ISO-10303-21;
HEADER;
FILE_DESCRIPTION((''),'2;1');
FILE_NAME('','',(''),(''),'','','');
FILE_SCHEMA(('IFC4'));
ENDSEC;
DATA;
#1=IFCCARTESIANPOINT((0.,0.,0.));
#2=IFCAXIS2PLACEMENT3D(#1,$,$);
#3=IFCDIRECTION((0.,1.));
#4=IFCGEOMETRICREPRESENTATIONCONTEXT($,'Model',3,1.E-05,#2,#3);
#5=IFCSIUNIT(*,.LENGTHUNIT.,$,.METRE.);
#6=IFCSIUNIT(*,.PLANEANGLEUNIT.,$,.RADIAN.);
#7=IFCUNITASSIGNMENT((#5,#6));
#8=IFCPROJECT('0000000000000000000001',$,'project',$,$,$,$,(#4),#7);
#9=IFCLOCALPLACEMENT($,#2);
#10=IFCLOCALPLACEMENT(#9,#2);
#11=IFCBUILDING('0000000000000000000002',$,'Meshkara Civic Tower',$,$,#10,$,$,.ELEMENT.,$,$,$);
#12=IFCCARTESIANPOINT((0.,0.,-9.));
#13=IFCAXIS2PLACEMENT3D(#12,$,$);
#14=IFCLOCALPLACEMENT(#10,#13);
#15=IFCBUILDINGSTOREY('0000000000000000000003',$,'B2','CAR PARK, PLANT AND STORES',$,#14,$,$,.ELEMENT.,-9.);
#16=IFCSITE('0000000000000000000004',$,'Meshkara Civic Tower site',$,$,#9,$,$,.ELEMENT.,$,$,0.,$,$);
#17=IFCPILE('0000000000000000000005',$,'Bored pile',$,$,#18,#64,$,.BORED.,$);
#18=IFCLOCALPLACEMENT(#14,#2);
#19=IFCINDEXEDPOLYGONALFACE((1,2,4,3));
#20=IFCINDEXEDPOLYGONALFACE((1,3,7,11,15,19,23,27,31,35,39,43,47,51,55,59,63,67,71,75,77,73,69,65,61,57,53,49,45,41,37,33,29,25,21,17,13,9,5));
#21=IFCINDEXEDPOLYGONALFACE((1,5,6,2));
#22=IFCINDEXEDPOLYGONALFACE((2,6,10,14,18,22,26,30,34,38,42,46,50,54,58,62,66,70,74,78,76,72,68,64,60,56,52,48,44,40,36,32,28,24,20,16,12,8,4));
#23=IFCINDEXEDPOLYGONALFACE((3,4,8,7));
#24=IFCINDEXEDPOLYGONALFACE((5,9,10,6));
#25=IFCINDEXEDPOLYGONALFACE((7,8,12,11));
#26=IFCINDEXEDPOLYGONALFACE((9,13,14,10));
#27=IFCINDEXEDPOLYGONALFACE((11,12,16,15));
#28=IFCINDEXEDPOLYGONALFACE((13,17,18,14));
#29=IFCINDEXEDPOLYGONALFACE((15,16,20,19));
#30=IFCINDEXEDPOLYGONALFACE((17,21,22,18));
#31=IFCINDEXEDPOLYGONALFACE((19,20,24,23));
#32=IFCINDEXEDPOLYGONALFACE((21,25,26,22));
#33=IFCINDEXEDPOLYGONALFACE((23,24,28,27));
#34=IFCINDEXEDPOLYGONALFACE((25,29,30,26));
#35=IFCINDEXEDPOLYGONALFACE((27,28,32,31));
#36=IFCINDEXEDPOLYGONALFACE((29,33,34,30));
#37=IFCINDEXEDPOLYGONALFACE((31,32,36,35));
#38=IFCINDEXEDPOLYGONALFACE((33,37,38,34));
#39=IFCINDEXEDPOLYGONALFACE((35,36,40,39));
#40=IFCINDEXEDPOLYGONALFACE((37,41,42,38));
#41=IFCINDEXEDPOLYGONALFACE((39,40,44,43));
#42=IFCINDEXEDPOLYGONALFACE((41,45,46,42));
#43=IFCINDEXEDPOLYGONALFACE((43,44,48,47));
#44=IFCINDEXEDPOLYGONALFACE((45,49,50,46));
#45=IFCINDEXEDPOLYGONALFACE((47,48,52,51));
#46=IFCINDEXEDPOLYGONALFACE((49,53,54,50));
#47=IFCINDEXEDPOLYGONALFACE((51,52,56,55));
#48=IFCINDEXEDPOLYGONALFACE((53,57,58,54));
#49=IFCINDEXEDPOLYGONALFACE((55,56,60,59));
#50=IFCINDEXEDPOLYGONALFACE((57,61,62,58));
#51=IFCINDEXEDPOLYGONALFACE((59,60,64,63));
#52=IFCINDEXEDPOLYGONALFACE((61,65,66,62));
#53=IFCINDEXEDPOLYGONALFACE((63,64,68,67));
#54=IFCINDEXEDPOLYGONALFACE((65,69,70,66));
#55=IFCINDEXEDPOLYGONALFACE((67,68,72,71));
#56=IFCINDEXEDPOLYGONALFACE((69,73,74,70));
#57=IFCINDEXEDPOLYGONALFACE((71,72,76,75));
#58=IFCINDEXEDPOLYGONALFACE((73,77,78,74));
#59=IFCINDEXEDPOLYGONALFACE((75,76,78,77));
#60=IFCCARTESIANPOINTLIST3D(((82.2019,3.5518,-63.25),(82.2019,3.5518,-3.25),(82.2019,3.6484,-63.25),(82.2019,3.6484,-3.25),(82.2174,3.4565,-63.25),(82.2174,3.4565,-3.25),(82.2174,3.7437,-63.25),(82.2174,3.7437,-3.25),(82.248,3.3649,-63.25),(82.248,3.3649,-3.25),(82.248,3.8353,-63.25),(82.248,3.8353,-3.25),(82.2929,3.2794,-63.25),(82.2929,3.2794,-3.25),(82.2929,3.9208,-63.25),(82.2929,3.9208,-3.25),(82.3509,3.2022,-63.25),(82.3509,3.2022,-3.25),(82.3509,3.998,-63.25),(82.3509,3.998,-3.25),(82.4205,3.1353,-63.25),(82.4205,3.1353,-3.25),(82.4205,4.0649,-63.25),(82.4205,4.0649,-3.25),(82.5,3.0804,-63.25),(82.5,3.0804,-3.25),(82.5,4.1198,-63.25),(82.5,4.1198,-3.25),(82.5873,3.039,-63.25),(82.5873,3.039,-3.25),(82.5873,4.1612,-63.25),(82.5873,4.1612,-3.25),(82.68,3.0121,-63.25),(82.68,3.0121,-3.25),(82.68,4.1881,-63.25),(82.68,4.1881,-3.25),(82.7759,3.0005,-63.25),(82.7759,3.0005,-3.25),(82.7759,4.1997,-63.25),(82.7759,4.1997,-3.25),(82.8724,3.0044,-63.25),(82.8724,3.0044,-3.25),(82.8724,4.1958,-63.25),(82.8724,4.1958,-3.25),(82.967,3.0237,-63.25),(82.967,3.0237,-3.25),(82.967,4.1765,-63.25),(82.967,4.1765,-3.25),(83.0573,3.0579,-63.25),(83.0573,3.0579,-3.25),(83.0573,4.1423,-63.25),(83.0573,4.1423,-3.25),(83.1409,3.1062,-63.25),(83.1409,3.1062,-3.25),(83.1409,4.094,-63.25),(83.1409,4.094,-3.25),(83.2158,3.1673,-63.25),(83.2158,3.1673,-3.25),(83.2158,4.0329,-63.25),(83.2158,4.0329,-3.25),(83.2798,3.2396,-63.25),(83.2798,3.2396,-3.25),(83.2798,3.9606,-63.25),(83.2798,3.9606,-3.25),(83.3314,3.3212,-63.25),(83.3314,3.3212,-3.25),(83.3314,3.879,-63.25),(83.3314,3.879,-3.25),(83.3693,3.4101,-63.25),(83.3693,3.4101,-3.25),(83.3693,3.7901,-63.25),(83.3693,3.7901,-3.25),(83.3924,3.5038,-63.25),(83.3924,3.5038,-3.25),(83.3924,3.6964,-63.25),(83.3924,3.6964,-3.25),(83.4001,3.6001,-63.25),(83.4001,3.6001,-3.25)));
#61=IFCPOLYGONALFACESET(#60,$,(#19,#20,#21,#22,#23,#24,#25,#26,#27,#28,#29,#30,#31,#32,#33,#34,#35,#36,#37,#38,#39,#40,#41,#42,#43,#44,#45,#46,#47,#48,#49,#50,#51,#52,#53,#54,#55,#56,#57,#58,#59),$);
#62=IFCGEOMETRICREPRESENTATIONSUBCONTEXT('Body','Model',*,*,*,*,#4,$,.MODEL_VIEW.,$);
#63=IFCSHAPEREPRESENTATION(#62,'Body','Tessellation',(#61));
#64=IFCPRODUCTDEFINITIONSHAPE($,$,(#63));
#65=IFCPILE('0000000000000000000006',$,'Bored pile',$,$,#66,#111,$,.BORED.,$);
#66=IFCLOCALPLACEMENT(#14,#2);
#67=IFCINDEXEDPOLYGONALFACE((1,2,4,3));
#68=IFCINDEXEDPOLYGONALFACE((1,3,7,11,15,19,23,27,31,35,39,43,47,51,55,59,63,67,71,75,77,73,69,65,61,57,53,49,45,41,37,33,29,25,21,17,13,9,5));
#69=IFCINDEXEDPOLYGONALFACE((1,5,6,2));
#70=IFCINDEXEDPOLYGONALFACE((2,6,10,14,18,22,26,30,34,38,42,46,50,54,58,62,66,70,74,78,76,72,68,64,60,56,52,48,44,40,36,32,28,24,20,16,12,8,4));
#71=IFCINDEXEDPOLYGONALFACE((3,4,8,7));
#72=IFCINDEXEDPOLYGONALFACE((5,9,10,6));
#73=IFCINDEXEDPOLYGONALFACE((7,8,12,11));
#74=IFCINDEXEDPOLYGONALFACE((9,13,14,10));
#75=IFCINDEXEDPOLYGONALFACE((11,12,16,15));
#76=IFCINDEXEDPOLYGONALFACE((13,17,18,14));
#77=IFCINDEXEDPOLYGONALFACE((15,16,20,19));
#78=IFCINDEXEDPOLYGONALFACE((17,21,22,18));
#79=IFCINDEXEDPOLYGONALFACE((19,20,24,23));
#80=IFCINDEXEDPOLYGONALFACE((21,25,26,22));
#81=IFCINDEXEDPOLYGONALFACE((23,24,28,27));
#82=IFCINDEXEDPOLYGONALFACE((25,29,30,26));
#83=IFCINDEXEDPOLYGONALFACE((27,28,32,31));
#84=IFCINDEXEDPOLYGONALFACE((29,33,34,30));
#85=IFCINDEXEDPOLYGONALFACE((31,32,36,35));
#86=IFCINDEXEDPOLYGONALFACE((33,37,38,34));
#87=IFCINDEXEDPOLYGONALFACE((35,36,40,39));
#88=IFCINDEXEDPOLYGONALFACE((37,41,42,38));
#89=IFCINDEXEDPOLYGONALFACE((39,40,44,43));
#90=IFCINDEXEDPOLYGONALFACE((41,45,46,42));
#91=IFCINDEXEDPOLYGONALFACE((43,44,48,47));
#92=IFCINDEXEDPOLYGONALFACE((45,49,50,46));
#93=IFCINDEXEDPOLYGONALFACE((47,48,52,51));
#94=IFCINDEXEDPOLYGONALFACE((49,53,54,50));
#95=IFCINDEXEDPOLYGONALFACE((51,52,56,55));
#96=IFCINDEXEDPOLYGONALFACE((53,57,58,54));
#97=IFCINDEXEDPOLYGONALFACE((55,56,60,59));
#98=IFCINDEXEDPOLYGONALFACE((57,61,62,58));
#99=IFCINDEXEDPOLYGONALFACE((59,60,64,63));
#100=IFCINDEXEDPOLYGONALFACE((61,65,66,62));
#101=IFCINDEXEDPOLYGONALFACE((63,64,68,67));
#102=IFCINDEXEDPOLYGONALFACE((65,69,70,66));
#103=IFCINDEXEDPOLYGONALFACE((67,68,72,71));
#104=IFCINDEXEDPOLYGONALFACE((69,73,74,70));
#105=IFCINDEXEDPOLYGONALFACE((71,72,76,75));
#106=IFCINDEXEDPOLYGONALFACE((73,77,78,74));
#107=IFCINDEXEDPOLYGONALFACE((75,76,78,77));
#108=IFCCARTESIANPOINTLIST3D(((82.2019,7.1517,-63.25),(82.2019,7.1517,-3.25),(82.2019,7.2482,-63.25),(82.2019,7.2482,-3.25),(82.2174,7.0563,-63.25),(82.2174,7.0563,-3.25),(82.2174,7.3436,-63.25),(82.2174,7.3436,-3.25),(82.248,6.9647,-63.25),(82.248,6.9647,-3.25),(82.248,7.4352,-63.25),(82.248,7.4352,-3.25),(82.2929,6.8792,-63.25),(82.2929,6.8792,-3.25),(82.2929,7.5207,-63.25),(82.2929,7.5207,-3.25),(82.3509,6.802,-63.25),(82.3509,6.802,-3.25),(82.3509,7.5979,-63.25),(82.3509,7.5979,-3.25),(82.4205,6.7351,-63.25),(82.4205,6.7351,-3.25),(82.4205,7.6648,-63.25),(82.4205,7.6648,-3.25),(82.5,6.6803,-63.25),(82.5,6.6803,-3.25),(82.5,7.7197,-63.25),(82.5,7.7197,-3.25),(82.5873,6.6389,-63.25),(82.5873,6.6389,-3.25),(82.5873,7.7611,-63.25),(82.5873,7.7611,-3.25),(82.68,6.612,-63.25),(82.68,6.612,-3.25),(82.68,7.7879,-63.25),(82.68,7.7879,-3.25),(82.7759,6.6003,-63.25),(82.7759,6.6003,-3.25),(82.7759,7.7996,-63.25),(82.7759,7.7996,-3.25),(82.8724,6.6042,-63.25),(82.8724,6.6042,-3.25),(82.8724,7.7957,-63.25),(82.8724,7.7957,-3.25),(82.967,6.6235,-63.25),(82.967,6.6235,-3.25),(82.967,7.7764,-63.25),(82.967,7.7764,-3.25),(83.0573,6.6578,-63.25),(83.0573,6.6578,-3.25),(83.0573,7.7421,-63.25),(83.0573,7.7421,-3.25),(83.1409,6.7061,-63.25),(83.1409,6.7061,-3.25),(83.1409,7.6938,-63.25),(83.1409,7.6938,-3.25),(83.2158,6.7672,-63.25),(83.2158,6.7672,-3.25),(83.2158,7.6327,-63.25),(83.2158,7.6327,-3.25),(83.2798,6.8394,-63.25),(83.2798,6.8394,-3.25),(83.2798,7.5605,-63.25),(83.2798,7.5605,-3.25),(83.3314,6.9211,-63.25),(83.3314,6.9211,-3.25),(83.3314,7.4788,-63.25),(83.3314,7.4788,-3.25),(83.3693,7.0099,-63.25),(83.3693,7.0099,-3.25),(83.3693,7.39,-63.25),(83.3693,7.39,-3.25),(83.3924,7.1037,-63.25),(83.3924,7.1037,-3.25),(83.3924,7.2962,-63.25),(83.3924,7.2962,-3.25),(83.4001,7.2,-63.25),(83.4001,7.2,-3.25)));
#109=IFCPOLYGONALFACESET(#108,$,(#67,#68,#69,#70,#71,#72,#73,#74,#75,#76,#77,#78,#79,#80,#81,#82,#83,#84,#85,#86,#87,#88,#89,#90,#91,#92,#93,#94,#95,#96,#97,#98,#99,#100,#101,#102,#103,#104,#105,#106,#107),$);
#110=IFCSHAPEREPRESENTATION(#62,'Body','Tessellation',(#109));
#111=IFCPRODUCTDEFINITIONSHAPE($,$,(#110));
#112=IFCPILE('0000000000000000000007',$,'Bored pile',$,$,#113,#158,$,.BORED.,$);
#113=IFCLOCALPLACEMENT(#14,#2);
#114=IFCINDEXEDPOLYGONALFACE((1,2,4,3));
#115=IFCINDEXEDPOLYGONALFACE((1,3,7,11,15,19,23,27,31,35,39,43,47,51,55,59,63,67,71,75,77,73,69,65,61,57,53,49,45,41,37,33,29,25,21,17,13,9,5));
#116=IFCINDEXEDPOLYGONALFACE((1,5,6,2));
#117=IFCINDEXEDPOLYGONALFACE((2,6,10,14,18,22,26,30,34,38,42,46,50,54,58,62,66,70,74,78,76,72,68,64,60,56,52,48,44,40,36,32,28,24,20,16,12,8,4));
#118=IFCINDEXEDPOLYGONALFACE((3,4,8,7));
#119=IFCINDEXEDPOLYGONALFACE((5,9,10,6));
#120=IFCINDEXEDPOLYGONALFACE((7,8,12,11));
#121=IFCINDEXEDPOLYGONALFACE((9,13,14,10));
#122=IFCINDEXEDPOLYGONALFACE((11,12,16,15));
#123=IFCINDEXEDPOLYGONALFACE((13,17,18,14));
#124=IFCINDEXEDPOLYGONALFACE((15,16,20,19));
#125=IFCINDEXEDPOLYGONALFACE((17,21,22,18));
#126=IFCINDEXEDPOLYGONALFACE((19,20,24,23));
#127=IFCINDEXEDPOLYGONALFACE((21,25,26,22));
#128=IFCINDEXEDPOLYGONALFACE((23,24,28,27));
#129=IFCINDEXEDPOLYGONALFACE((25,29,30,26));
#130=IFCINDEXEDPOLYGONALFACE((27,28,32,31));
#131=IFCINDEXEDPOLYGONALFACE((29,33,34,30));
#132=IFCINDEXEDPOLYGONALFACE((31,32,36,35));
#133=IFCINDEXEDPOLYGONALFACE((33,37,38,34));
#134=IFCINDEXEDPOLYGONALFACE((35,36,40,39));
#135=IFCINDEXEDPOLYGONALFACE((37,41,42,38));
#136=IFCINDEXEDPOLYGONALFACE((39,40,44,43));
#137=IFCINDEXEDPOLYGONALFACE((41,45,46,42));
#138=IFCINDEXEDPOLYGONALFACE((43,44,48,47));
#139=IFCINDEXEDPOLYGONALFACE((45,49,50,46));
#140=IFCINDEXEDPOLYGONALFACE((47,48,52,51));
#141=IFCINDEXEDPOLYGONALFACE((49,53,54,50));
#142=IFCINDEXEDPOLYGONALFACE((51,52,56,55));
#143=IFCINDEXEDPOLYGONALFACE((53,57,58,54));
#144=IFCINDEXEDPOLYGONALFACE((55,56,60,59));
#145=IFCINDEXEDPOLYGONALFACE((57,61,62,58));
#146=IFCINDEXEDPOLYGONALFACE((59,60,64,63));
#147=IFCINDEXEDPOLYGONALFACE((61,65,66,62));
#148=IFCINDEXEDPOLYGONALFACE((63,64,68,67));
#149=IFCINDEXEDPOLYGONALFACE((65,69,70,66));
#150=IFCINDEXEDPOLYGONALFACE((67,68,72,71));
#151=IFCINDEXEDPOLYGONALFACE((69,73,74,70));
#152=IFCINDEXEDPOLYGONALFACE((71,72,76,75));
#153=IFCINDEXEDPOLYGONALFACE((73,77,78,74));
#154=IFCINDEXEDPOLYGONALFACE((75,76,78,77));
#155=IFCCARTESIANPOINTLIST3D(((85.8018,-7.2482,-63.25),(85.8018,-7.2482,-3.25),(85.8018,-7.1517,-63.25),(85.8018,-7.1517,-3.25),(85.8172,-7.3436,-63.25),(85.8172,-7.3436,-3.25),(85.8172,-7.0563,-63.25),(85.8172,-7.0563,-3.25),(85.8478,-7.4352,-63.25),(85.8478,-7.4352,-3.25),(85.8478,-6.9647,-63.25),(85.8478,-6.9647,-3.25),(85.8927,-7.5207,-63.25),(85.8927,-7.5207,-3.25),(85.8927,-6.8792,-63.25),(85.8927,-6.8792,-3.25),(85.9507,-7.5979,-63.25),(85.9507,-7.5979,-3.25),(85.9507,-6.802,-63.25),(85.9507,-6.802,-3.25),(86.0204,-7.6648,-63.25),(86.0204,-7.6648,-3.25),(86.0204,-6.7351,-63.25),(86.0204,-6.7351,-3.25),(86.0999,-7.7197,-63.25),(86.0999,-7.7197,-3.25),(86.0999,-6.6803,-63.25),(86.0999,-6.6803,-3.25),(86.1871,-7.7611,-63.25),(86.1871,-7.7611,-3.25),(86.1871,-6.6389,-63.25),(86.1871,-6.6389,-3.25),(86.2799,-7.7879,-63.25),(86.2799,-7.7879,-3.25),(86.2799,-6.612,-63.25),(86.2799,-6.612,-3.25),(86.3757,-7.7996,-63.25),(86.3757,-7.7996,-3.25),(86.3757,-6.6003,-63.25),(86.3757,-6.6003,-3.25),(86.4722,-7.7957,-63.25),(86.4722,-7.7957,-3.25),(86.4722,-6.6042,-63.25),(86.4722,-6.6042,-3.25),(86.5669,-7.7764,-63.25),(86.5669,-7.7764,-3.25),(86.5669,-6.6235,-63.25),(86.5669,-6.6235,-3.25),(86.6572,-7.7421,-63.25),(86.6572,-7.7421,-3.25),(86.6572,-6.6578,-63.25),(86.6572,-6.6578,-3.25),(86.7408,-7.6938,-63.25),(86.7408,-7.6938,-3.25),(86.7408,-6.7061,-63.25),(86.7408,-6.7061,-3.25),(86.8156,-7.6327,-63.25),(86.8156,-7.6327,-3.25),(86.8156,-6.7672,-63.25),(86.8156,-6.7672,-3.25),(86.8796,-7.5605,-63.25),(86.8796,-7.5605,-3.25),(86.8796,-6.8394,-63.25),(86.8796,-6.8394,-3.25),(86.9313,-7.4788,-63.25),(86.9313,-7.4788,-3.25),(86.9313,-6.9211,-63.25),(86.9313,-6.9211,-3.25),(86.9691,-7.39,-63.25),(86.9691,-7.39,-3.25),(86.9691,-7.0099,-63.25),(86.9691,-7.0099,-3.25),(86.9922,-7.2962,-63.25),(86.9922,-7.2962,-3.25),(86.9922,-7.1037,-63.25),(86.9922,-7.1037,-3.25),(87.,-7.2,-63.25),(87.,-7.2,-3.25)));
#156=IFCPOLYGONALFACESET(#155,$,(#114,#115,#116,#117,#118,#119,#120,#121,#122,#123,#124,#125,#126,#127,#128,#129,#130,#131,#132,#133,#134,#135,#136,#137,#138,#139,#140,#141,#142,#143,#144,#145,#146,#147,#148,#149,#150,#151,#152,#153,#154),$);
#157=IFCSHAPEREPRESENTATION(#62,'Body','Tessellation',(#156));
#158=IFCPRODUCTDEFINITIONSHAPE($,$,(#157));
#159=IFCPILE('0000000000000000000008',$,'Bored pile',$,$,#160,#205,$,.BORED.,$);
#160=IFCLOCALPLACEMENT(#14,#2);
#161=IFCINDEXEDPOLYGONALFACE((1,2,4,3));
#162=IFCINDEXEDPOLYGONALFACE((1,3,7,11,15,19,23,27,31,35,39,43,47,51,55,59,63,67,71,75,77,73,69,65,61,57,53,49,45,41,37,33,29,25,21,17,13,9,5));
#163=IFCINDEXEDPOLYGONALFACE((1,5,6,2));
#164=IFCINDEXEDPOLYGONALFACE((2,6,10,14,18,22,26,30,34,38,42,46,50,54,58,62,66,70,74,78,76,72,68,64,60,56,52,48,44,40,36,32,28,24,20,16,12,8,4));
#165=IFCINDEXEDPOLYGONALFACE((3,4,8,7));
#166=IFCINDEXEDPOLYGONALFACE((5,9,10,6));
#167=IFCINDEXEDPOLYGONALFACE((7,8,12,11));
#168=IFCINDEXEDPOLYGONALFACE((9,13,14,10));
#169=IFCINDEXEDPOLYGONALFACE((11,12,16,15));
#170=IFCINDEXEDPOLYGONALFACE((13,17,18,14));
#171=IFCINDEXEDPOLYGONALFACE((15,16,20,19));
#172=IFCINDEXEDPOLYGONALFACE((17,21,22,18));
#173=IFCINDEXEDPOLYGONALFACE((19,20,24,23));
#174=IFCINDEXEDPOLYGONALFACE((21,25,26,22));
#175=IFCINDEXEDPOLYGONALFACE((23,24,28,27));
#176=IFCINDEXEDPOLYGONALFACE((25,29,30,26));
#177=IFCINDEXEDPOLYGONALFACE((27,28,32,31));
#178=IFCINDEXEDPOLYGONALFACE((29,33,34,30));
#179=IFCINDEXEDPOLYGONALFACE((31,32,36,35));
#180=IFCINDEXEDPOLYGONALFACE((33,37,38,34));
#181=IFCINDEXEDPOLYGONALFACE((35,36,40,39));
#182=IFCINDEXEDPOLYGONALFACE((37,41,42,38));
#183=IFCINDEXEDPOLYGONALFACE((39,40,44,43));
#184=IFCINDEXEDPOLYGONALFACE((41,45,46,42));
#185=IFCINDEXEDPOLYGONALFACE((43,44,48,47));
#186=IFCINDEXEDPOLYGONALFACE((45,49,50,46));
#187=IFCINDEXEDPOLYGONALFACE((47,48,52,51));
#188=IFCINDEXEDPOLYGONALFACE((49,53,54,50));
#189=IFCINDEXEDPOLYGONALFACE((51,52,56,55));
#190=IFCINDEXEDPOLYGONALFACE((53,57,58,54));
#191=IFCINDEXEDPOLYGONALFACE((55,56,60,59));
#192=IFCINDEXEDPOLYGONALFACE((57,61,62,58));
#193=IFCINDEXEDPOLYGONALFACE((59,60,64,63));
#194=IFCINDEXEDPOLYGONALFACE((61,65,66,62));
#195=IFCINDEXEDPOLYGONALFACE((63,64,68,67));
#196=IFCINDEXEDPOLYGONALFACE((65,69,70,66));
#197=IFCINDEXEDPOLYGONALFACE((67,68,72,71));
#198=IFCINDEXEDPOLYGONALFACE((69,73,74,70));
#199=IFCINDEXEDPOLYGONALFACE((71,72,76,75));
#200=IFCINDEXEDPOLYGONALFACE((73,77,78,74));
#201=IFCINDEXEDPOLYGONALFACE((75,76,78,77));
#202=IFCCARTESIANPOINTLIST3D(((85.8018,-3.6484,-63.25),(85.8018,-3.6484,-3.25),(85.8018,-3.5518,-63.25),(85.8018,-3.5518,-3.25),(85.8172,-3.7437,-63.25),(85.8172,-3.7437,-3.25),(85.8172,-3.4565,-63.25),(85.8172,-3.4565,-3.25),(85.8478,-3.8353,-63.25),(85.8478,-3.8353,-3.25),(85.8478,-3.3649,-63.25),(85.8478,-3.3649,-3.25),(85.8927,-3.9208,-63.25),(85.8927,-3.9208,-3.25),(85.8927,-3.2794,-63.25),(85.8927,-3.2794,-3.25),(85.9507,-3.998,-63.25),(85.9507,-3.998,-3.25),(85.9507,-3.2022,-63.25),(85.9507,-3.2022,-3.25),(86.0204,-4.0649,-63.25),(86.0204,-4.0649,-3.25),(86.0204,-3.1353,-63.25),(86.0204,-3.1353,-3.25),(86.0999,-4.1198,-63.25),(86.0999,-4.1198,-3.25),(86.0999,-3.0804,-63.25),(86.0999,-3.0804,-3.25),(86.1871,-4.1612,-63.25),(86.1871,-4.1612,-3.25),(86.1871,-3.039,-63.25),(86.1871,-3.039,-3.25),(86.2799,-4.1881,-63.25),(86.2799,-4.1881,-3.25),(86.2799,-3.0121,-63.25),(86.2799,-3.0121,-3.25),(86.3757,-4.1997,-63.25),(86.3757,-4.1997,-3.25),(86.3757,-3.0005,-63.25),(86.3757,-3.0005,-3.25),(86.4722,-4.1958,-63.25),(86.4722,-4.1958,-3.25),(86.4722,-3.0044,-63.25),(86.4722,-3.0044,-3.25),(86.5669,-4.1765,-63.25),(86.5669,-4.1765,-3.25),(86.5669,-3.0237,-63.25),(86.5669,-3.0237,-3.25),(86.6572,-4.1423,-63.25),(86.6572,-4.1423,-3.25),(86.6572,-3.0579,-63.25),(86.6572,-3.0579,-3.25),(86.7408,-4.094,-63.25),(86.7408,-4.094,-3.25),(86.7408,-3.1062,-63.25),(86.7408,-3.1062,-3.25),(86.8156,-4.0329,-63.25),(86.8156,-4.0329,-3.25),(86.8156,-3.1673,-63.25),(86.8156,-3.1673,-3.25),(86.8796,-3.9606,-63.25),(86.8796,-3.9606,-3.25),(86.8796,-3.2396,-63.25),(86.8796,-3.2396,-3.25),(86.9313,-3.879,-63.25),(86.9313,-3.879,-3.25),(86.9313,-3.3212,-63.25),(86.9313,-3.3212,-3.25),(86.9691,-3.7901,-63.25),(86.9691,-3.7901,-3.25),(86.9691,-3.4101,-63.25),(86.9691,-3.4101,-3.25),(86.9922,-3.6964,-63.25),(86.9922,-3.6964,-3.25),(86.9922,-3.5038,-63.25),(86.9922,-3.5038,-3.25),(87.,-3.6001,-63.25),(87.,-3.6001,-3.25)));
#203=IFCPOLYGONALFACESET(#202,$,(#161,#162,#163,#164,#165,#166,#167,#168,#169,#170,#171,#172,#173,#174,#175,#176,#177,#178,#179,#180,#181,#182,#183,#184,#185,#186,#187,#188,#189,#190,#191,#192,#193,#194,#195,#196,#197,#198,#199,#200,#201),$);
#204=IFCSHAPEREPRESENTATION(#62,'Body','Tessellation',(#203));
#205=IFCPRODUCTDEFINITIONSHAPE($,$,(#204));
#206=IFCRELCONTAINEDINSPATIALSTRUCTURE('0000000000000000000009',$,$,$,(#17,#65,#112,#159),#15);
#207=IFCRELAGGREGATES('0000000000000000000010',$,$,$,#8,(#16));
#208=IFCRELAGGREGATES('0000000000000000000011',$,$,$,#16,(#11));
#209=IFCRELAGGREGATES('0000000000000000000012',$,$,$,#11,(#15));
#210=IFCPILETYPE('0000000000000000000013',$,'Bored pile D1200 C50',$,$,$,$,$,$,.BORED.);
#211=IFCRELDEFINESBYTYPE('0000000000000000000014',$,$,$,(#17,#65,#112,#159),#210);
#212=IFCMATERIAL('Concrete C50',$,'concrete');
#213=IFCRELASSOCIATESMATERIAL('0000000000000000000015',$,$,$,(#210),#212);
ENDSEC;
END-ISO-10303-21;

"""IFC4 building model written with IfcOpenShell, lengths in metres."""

from ifc_helpers import new_model, si_unit, direction, frame, origin, origin_2d, place, context, subcontext, project, spatial, circle, extrude, material, material_profile, profile_set, type_object, element, save


model = new_model("IFC4")

# Units and contexts
model_context = context("Model", 3, precision=1e-05, world=origin(), true_north=direction((0.0, 1.0)))
body_context = subcontext(model_context, "Body", "Model", "MODEL_VIEW")
ifc_project = project(units=[si_unit("LENGTHUNIT", "METRE"), si_unit("PLANEANGLEUNIT", "RADIAN")], contexts=[model_context])

# Site, building, storey
site_placement = place(None, origin())
site = spatial("IfcSite", under=ifc_project, at=site_placement, Name="Meshkara Civic Tower site", CompositionType="ELEMENT", RefElevation=0.0)
building_placement = place(site_placement, origin())
building = spatial("IfcBuilding", under=site, at=building_placement, Name="Meshkara Civic Tower", CompositionType="ELEMENT")
storey_placement = place(building_placement, frame((0.0, 0.0, -9.0)))
storey = spatial("IfcBuildingStorey", under=building, at=storey_placement, Name="B2", Description="CAR PARK, PLANT AND STORES", CompositionType="ELEMENT", Elevation=-9.0)

# Piles
ifc_material_1 = material(Name="Concrete C50", Category="concrete")
ifc_material_profile_1 = material_profile(ifc_material_1, circle(Radius=0.6001, at=origin_2d()))
ifc_profile_set_1 = profile_set([ifc_material_profile_1], Name="Concrete C50")
pile_type = type_object("IfcPileType", Name="Bored pile D1200 C50", PredefinedType="BORED", material=ifc_profile_set_1)
for number, where, z_axis, x_axis, name in (
    (1, (82.8, 3.6001, -3.25), (0.0, 0.0, -1.0), (1.0, 0.0, 0.0), "Bored pile"),
    (2, (82.8, 7.2, -3.25), (0.0, 0.0, -1.0), (1.0, 0.0, 0.0), "Bored pile"),
    (3, (86.3999, -7.2, -3.25), (0.0, 0.0, -1.0), (1.0, 0.0, 0.0), "Bored pile"),
    (4, (86.3999, -3.6001, -3.25), (0.0, 0.0, -1.0), (1.0, 0.0, 0.0), "Bored pile"),
):
    element("IfcPile", number, at=place(storey_placement, frame(where, z_axis=z_axis, x_axis=x_axis)), inside=storey, type_object=pile_type, Name=name, PredefinedType="BORED", context=body_context, shape_type="SweptSolid", body=[
        extrude(circle(Radius=0.6001, at=origin_2d()), origin(), (0.0, 0.0, 1.0), 60.0),
    ])

save(model, "model.ifc")
